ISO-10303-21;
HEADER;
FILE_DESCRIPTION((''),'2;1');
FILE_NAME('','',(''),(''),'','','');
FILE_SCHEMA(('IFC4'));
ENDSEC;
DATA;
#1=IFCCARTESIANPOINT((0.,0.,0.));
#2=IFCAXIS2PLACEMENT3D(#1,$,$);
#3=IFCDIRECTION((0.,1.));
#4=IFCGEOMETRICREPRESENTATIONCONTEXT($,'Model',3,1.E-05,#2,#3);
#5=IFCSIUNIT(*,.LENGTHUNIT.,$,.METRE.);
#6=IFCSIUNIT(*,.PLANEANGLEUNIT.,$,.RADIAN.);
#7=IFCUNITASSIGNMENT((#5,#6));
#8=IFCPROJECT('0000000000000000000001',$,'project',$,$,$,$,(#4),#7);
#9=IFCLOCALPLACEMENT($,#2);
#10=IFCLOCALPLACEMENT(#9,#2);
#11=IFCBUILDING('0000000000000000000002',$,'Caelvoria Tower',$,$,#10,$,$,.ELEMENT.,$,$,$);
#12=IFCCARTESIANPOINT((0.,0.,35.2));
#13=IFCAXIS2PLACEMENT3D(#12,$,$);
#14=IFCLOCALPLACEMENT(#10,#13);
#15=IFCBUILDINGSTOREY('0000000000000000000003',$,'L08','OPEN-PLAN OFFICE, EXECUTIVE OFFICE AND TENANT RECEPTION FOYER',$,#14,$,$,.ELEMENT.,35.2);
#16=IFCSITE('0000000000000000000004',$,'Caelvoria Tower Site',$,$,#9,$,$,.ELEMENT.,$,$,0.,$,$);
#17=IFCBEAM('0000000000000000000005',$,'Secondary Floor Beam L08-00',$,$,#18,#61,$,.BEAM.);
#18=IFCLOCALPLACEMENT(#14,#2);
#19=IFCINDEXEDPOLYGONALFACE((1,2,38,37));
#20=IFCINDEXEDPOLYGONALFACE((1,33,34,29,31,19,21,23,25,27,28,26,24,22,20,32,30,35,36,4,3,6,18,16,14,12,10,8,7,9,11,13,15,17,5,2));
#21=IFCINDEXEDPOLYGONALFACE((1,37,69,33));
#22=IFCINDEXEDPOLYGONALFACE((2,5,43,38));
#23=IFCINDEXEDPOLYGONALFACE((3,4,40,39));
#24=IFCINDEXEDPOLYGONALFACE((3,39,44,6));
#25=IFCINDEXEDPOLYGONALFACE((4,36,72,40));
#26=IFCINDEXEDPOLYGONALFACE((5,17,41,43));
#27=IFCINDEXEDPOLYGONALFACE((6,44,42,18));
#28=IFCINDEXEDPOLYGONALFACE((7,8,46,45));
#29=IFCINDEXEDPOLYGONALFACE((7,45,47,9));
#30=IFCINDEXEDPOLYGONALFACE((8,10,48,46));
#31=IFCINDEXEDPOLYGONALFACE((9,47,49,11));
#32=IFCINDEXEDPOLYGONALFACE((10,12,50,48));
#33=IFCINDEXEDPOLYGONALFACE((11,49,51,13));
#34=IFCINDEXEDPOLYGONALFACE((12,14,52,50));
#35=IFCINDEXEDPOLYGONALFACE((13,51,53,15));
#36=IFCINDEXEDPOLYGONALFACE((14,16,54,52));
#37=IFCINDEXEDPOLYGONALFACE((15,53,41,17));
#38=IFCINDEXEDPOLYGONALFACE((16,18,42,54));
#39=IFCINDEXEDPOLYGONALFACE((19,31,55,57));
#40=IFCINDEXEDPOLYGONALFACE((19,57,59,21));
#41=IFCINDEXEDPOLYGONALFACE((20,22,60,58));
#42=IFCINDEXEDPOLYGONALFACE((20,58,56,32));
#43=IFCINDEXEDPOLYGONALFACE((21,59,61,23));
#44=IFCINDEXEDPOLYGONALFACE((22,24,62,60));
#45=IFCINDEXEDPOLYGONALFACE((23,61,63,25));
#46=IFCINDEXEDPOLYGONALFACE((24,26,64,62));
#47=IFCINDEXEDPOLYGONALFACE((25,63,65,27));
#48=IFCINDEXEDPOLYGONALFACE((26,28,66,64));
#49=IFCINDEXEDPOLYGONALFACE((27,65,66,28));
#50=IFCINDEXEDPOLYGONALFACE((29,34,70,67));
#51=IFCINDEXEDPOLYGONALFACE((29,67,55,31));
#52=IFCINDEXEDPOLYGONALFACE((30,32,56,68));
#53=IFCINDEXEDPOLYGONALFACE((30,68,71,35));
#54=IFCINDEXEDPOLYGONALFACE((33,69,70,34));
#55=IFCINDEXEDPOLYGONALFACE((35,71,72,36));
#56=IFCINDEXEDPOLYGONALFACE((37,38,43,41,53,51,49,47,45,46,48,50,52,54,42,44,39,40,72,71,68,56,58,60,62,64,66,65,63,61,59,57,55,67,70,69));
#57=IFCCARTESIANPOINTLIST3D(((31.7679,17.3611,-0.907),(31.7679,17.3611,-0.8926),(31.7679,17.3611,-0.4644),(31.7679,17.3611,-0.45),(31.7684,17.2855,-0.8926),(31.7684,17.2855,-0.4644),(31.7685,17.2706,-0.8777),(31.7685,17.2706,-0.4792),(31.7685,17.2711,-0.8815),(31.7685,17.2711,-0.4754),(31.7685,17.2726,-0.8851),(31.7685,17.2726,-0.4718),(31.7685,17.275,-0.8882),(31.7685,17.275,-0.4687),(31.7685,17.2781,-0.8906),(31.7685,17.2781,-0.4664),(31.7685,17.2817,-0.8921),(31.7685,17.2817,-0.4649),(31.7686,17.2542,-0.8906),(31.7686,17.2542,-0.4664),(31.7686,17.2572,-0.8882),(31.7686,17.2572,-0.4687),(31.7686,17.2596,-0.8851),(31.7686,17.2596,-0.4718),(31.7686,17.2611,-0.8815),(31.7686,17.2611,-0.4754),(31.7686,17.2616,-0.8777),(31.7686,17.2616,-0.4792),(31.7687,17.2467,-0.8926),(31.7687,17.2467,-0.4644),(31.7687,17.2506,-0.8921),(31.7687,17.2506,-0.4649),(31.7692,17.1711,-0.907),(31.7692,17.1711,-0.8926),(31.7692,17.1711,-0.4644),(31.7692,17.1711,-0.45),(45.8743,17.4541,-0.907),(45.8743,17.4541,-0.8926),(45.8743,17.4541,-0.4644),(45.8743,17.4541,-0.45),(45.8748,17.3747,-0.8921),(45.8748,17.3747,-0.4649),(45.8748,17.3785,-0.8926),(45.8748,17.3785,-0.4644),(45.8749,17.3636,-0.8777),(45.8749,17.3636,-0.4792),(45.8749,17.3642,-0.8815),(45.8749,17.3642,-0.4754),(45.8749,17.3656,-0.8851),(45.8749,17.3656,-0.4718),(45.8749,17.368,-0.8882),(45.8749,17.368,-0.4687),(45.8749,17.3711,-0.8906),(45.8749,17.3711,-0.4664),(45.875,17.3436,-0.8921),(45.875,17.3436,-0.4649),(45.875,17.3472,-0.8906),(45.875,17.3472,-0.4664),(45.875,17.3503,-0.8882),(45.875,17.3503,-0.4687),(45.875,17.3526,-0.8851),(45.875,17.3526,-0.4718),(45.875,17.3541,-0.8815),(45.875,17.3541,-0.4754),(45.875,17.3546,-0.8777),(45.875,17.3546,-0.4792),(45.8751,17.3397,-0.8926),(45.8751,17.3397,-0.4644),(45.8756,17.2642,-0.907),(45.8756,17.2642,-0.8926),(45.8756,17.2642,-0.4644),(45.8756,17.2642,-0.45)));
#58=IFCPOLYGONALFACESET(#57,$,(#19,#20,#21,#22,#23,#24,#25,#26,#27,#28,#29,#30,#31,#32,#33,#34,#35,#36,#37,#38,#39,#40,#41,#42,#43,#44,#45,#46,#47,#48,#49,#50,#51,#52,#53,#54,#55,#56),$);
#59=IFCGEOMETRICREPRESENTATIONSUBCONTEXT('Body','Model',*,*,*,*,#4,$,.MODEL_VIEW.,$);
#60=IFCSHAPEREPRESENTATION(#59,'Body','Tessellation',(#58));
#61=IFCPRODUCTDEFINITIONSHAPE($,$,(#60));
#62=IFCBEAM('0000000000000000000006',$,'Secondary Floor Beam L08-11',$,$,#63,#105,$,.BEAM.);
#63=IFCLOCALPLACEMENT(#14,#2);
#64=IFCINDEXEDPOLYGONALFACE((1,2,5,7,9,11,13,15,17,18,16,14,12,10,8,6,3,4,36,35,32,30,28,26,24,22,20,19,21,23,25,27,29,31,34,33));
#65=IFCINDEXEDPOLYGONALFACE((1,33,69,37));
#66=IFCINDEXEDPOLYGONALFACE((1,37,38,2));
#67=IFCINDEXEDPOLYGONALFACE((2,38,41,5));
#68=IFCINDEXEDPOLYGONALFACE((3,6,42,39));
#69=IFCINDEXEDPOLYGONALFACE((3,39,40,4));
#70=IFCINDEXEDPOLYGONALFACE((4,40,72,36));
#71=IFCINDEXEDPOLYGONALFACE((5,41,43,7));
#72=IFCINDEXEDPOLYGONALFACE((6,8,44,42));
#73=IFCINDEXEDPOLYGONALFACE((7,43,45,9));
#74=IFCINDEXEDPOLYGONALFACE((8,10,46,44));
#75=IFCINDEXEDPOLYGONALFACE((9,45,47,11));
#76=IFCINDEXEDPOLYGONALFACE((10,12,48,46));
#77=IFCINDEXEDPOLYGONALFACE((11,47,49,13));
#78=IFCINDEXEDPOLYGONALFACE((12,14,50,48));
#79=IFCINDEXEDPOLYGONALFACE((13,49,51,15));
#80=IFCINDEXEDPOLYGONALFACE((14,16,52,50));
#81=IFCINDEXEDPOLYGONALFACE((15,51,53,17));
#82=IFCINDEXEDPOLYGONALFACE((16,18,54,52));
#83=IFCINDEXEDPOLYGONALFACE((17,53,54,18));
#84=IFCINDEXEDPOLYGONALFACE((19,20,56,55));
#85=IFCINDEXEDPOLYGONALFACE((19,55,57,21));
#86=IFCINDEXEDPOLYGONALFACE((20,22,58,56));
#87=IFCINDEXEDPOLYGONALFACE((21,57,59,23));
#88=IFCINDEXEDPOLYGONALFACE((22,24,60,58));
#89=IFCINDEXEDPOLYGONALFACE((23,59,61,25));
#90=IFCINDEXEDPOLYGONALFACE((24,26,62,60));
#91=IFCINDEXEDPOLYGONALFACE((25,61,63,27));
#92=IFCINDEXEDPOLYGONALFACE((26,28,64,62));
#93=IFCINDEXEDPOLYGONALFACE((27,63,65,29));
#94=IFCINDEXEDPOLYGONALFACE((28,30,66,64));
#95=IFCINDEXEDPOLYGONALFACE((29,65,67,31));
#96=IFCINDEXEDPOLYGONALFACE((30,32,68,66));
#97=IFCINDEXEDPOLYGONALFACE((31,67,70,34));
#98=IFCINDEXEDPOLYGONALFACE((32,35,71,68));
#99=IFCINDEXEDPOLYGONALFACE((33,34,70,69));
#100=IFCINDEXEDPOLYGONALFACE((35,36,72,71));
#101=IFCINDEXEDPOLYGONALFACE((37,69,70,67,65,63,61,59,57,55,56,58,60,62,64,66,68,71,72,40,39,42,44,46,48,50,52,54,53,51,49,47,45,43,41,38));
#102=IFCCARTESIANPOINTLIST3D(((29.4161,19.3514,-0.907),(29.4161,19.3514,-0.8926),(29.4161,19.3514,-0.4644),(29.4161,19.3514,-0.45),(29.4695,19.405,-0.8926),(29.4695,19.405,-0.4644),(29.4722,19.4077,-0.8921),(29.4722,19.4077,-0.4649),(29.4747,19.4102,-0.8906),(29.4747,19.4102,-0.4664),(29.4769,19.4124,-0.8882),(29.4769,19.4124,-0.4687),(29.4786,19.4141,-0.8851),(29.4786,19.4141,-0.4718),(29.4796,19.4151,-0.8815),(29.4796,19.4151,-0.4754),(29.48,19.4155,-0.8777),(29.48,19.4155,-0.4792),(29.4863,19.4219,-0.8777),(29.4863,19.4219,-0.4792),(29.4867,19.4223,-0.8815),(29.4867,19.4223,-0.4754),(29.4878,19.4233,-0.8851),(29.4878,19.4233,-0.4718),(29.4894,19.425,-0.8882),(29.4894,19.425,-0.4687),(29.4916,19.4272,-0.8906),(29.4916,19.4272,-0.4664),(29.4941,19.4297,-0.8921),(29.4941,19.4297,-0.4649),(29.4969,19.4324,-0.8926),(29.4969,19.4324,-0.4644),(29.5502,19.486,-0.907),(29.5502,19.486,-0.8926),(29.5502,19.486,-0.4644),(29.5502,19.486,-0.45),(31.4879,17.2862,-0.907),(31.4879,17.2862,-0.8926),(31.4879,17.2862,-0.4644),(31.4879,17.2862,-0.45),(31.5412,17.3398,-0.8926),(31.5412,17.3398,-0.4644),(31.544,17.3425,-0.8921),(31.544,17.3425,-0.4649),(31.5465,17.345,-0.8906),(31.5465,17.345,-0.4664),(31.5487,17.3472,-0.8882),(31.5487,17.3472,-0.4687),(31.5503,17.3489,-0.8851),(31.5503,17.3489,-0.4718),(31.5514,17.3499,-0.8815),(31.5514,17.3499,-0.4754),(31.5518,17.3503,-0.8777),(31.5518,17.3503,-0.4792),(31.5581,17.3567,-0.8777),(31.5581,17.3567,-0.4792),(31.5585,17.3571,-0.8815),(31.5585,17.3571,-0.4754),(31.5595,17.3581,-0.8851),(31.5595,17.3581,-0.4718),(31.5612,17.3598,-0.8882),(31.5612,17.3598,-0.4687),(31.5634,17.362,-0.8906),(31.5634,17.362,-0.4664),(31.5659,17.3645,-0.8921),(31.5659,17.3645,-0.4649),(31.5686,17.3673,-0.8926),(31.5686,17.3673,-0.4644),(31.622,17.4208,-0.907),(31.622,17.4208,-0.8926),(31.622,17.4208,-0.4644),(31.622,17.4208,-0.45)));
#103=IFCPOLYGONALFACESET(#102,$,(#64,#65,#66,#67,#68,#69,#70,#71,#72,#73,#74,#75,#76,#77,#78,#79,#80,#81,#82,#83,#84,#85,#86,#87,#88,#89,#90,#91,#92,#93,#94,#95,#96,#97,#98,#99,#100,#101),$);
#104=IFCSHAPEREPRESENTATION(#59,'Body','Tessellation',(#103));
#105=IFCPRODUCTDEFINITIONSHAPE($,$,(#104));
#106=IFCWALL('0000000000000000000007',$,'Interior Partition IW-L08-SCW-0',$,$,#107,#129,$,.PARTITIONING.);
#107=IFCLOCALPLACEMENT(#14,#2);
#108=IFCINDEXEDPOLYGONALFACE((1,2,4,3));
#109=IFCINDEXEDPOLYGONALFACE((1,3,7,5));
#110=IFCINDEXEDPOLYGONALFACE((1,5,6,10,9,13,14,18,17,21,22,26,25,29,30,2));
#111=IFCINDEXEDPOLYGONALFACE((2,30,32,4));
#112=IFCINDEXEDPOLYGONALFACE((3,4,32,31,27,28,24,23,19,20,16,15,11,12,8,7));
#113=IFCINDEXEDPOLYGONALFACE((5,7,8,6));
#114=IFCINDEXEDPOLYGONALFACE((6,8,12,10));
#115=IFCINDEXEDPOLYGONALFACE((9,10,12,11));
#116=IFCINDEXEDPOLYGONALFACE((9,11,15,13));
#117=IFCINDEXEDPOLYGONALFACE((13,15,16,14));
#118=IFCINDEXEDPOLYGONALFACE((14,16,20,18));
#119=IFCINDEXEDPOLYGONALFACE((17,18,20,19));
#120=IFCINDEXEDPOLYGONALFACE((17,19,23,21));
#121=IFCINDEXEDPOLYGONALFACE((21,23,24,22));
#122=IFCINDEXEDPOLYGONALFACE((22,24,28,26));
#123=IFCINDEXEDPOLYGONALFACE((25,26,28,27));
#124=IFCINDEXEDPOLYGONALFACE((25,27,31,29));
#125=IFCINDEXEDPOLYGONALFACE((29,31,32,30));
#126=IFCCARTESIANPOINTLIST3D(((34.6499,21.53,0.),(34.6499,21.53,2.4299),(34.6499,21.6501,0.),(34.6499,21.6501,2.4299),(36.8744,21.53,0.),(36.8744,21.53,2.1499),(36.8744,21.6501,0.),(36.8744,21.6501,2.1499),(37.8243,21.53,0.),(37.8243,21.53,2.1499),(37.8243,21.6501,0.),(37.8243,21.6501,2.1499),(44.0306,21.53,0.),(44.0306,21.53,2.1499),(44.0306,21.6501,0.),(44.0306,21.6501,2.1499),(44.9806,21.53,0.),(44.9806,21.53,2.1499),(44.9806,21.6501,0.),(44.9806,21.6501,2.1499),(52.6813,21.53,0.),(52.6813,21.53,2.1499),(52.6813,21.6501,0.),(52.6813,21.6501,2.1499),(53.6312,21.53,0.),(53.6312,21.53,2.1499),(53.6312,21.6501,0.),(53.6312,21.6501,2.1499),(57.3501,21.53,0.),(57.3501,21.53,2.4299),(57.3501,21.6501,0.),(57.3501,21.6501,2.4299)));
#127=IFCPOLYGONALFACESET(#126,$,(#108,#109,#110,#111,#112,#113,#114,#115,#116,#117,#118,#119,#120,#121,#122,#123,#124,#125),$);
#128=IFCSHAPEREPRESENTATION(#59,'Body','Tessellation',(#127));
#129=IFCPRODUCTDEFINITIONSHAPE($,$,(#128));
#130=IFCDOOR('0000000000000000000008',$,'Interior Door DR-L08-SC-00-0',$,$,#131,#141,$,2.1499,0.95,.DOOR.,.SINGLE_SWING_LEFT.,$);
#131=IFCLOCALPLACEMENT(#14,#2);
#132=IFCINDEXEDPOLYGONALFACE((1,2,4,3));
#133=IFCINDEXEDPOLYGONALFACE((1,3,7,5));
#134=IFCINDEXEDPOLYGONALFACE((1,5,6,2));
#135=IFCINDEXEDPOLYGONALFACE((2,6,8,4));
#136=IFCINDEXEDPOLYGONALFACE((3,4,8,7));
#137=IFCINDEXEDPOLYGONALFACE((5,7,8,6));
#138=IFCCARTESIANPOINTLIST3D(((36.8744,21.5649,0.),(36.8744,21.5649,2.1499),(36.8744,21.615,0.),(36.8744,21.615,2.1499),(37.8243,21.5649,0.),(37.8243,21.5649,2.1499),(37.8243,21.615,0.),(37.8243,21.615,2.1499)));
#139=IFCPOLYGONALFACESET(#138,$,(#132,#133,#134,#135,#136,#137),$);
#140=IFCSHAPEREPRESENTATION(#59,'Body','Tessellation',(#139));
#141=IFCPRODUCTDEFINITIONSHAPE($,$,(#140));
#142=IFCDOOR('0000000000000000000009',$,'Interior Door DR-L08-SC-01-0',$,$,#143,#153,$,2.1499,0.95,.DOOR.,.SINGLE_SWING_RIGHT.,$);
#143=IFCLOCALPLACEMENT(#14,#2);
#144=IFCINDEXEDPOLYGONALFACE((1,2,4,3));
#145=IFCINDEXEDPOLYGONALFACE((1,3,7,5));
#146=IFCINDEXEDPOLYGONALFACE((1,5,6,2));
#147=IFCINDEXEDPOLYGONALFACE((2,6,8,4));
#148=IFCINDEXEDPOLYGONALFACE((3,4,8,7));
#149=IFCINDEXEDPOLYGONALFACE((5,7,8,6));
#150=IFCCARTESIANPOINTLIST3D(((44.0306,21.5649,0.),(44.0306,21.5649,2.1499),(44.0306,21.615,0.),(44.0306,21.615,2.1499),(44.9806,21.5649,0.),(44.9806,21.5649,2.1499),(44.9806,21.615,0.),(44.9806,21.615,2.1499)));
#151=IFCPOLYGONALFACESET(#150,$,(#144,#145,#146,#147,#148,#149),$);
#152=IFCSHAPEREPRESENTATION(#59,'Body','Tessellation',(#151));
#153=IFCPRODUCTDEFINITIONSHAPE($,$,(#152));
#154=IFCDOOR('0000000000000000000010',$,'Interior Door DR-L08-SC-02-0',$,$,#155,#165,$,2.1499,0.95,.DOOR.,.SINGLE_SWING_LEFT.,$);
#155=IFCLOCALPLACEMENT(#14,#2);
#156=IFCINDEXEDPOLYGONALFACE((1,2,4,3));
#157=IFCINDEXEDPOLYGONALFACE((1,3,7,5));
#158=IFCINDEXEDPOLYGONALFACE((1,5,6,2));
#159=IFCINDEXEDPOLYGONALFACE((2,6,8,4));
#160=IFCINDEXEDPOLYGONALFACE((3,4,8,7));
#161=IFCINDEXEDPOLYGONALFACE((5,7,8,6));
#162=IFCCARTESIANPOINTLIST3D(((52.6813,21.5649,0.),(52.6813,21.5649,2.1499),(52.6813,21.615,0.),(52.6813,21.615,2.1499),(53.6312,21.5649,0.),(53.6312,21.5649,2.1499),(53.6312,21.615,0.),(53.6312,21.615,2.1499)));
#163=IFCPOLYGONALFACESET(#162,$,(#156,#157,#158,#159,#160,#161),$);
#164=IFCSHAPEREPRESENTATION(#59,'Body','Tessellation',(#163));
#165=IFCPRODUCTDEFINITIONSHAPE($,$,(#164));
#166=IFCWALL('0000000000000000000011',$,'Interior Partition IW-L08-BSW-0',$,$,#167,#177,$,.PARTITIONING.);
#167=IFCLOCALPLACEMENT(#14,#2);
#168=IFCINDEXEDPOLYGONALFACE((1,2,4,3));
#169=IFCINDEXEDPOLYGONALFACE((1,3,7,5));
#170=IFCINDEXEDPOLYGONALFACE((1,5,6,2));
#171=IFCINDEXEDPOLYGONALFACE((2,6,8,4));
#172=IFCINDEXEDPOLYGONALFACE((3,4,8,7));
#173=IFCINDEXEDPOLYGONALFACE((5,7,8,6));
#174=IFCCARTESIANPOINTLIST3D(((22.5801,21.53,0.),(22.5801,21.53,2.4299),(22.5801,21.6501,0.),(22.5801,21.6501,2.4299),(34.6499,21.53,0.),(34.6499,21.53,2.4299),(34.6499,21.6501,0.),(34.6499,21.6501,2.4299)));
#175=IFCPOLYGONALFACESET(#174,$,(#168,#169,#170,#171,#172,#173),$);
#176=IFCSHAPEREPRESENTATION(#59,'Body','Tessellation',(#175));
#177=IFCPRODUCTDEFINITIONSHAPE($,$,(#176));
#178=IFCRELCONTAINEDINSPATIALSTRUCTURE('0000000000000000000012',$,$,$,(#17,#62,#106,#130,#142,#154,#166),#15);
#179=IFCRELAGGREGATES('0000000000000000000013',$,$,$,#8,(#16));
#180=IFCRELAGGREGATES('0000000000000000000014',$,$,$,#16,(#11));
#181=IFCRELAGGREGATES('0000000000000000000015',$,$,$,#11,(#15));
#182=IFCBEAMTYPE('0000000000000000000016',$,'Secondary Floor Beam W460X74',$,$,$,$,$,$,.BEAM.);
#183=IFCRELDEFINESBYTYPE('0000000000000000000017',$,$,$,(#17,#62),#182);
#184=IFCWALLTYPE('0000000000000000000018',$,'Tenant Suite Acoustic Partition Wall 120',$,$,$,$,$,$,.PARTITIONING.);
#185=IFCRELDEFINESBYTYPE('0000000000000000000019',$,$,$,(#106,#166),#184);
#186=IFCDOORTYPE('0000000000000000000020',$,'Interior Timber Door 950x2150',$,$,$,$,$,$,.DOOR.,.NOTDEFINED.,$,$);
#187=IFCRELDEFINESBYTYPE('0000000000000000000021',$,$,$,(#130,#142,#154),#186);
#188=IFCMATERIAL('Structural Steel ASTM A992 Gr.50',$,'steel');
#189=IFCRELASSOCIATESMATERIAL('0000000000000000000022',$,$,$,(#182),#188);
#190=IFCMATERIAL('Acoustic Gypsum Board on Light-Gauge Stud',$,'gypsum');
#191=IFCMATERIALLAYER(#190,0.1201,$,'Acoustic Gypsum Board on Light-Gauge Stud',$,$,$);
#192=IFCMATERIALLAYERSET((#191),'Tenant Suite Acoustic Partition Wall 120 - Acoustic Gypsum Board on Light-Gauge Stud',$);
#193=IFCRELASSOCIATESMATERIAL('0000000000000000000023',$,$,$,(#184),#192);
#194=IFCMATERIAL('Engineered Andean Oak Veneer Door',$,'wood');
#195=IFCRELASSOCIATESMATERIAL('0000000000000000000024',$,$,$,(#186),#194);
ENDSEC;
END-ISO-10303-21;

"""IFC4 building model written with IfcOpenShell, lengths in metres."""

from ifc_helpers import new_model, si_unit, direction, frame, frame_2d, origin, origin_2d, place, context, subcontext, project, spatial, rectangle, i_section, extrude, material, layer, layer_set, material_profile, profile_set, type_object, element, fill, save


model = new_model("IFC4")

# Units and contexts
model_context = context("Model", 3, precision=1e-05, world=origin(), true_north=direction((0.0, 1.0)))
body_context = subcontext(model_context, "Body", "Model", "MODEL_VIEW")
ifc_project = project(units=[si_unit("LENGTHUNIT", "METRE"), si_unit("PLANEANGLEUNIT", "RADIAN")], contexts=[model_context])

# Site, building, storey
site_placement = place(None, origin())
site = spatial("IfcSite", under=ifc_project, at=site_placement, Name="Caelvoria Tower Site", CompositionType="ELEMENT", RefElevation=0.0)
building_placement = place(site_placement, origin())
building = spatial("IfcBuilding", under=site, at=building_placement, Name="Caelvoria Tower", CompositionType="ELEMENT")
storey_placement = place(building_placement, frame((0.0, 0.0, 35.2)))
storey = spatial("IfcBuildingStorey", under=building, at=storey_placement, Name="L08", Description="OPEN-PLAN OFFICE, EXECUTIVE OFFICE AND TENANT RECEPTION FOYER", CompositionType="ELEMENT", Elevation=35.2)

# Beams
ifc_material_1 = material(Name="Structural Steel ASTM A992 Gr.50", Category="steel")
ifc_material_profile = material_profile(ifc_material_1, i_section(OverallWidth=0.1899, OverallDepth=0.457, WebThickness=0.009, FlangeThickness=0.0144, FilletRadius=0.0149, at=origin_2d()), Name="Structural Steel ASTM A992 Gr.50")
ifc_profile_set = profile_set([ifc_material_profile], Name="W460X74 - Structural Steel ASTM A992 Gr.50")
beam_type = type_object("IfcBeamType", Name="Secondary Floor Beam W460X74", PredefinedType="BEAM", material=ifc_profile_set)
beam_1_placement = place(storey_placement, frame((31.7686, 17.2661, -0.6785), z_axis=(0.999978, 0.006594, 0.0), x_axis=(-0.006594, 0.999978, 0.0)))
element("IfcBeam", 1, at=beam_1_placement, inside=storey, type_object=beam_type, Name="Secondary Floor Beam L08-00", PredefinedType="BEAM", context=body_context, shape_type="SweptSolid", body=[
    extrude(i_section(OverallWidth=0.1899, OverallDepth=0.457, WebThickness=0.009, FlangeThickness=0.0144, FilletRadius=0.0149, at=origin_2d()), origin(), (0.0, 0.0, 1.0), 14.1067),
])
beam_2_placement = place(storey_placement, frame((29.4832, 19.4187, -0.6785), z_axis=(0.708233, -0.705979, 0.0), x_axis=(0.705979, 0.708233, 0.0)))
element("IfcBeam", 2, at=beam_2_placement, inside=storey, type_object=beam_type, Name="Secondary Floor Beam L08-11", PredefinedType="BEAM", context=body_context, shape_type="SweptSolid", body=[
    extrude(i_section(OverallWidth=0.1899, OverallDepth=0.457, WebThickness=0.009, FlangeThickness=0.0144, FilletRadius=0.0149, at=origin_2d()), origin(), (0.0, 0.0, 1.0), 2.9253),
])

# Wall, openings, doors
ifc_material_2 = material(Name="Acoustic Gypsum Board on Light-Gauge Stud", Category="gypsum")
ifc_layer_1 = layer(ifc_material_2, 0.1201, Name="Acoustic Gypsum Board on Light-Gauge Stud")
ifc_layer_set_1 = layer_set([ifc_layer_1], Name="Tenant Suite Acoustic Partition Wall 120 - Acoustic Gypsum Board on Light-Gauge Stud")
wall_type = type_object("IfcWallType", Name="Tenant Suite Acoustic Partition Wall 120", PredefinedType="PARTITIONING", material=ifc_layer_set_1)
wall_1_placement = place(storey_placement, frame((34.6499, 21.5901, 0.0), z_axis=(0.0, 0.0, 1.0), x_axis=(1.0, 0.0, 0.0)))
wall_1 = element("IfcWall", 3, at=wall_1_placement, inside=storey, type_object=wall_type, Name="Interior Partition IW-L08-SCW-0", PredefinedType="PARTITIONING", context=body_context, shape_type="SweptSolid", body=[
    extrude(rectangle(XDim=22.7002, YDim=0.1201, at=frame_2d((11.3501, 0.0))), origin(), (0.0, 0.0, 1.0), 2.4299),
])
opening_1_placement = place(wall_1_placement, frame((2.2244, 0.0, 0.0)))
opening_1 = element("IfcOpeningElement", 4, at=opening_1_placement, cuts=wall_1, PredefinedType="OPENING", context=body_context, shape_type="SweptSolid", body=[
    extrude(rectangle(XDim=0.95, YDim=2.1499, at=frame_2d((0.4751, 1.075))), frame((0.0, 0.0701, 0.0), z_axis=(0.0, -1.0, 0.0), x_axis=(1.0, 0.0, 0.0)), (0.0, 0.0, 1.0), 0.1401),
])
opening_2_placement = place(wall_1_placement, frame((9.3806, 0.0, 0.0)))
opening_2 = element("IfcOpeningElement", 5, at=opening_2_placement, cuts=wall_1, PredefinedType="OPENING", context=body_context, shape_type="SweptSolid", body=[
    extrude(rectangle(XDim=0.95, YDim=2.1499, at=frame_2d((0.4751, 1.075))), frame((0.0, 0.0701, 0.0), z_axis=(0.0, -1.0, 0.0), x_axis=(1.0, 0.0, 0.0)), (0.0, 0.0, 1.0), 0.1401),
])
opening_3_placement = place(wall_1_placement, frame((18.0312, 0.0, 0.0)))
opening_3 = element("IfcOpeningElement", 6, at=opening_3_placement, cuts=wall_1, PredefinedType="OPENING", context=body_context, shape_type="SweptSolid", body=[
    extrude(rectangle(XDim=0.95, YDim=2.1499, at=frame_2d((0.4751, 1.075))), frame((0.0, 0.0701, 0.0), z_axis=(0.0, -1.0, 0.0), x_axis=(1.0, 0.0, 0.0)), (0.0, 0.0, 1.0), 0.1401),
])
ifc_material_3 = material(Name="Engineered Andean Oak Veneer Door", Category="wood")
door_type = type_object("IfcDoorType", Name="Interior Timber Door 950x2150", OperationType="NOTDEFINED", PredefinedType="DOOR", material=ifc_material_3)
door_1_placement = place(opening_1_placement, origin())
door_1 = element("IfcDoor", 7, at=door_1_placement, inside=storey, type_object=door_type, Name="Interior Door DR-L08-SC-00-0", OperationType="SINGLE_SWING_LEFT", OverallHeight=2.1499, OverallWidth=0.95, PredefinedType="DOOR", context=body_context, shape_type="SweptSolid", body=[
    extrude(rectangle(XDim=0.95, YDim=2.1499, at=frame_2d((0.4751, 1.075))), frame((0.0, 0.0249, 0.0), z_axis=(0.0, -1.0, 0.0), x_axis=(1.0, 0.0, 0.0)), (0.0, 0.0, 1.0), 0.05),
])
fill(opening_1, door_1)
door_2_placement = place(opening_2_placement, origin())
door_2 = element("IfcDoor", 8, at=door_2_placement, inside=storey, type_object=door_type, Name="Interior Door DR-L08-SC-01-0", OperationType="SINGLE_SWING_RIGHT", OverallHeight=2.1499, OverallWidth=0.95, PredefinedType="DOOR", context=body_context, shape_type="SweptSolid", body=[
    extrude(rectangle(XDim=0.95, YDim=2.1499, at=frame_2d((0.4751, 1.075))), frame((0.0, 0.0249, 0.0), z_axis=(0.0, -1.0, 0.0), x_axis=(1.0, 0.0, 0.0)), (0.0, 0.0, 1.0), 0.05),
])
fill(opening_2, door_2)
door_3_placement = place(opening_3_placement, origin())
door_3 = element("IfcDoor", 9, at=door_3_placement, inside=storey, type_object=door_type, Name="Interior Door DR-L08-SC-02-0", OperationType="SINGLE_SWING_LEFT", OverallHeight=2.1499, OverallWidth=0.95, PredefinedType="DOOR", context=body_context, shape_type="SweptSolid", body=[
    extrude(rectangle(XDim=0.95, YDim=2.1499, at=frame_2d((0.4751, 1.075))), frame((0.0, 0.0249, 0.0), z_axis=(0.0, -1.0, 0.0), x_axis=(1.0, 0.0, 0.0)), (0.0, 0.0, 1.0), 0.05),
])
fill(opening_3, door_3)

# Wall
wall_2_placement = place(storey_placement, frame((34.6499, 21.5901, 0.0), z_axis=(0.0, 0.0, 1.0), x_axis=(-1.0, 0.0, 0.0)))
element("IfcWall", 10, at=wall_2_placement, inside=storey, type_object=wall_type, Name="Interior Partition IW-L08-BSW-0", PredefinedType="PARTITIONING", context=body_context, shape_type="SweptSolid", body=[
    extrude(rectangle(XDim=12.0698, YDim=0.1201, at=frame_2d((6.0349, 0.0))), origin(), (0.0, 0.0, 1.0), 2.4299),
])

save(model, "model.ifc")
